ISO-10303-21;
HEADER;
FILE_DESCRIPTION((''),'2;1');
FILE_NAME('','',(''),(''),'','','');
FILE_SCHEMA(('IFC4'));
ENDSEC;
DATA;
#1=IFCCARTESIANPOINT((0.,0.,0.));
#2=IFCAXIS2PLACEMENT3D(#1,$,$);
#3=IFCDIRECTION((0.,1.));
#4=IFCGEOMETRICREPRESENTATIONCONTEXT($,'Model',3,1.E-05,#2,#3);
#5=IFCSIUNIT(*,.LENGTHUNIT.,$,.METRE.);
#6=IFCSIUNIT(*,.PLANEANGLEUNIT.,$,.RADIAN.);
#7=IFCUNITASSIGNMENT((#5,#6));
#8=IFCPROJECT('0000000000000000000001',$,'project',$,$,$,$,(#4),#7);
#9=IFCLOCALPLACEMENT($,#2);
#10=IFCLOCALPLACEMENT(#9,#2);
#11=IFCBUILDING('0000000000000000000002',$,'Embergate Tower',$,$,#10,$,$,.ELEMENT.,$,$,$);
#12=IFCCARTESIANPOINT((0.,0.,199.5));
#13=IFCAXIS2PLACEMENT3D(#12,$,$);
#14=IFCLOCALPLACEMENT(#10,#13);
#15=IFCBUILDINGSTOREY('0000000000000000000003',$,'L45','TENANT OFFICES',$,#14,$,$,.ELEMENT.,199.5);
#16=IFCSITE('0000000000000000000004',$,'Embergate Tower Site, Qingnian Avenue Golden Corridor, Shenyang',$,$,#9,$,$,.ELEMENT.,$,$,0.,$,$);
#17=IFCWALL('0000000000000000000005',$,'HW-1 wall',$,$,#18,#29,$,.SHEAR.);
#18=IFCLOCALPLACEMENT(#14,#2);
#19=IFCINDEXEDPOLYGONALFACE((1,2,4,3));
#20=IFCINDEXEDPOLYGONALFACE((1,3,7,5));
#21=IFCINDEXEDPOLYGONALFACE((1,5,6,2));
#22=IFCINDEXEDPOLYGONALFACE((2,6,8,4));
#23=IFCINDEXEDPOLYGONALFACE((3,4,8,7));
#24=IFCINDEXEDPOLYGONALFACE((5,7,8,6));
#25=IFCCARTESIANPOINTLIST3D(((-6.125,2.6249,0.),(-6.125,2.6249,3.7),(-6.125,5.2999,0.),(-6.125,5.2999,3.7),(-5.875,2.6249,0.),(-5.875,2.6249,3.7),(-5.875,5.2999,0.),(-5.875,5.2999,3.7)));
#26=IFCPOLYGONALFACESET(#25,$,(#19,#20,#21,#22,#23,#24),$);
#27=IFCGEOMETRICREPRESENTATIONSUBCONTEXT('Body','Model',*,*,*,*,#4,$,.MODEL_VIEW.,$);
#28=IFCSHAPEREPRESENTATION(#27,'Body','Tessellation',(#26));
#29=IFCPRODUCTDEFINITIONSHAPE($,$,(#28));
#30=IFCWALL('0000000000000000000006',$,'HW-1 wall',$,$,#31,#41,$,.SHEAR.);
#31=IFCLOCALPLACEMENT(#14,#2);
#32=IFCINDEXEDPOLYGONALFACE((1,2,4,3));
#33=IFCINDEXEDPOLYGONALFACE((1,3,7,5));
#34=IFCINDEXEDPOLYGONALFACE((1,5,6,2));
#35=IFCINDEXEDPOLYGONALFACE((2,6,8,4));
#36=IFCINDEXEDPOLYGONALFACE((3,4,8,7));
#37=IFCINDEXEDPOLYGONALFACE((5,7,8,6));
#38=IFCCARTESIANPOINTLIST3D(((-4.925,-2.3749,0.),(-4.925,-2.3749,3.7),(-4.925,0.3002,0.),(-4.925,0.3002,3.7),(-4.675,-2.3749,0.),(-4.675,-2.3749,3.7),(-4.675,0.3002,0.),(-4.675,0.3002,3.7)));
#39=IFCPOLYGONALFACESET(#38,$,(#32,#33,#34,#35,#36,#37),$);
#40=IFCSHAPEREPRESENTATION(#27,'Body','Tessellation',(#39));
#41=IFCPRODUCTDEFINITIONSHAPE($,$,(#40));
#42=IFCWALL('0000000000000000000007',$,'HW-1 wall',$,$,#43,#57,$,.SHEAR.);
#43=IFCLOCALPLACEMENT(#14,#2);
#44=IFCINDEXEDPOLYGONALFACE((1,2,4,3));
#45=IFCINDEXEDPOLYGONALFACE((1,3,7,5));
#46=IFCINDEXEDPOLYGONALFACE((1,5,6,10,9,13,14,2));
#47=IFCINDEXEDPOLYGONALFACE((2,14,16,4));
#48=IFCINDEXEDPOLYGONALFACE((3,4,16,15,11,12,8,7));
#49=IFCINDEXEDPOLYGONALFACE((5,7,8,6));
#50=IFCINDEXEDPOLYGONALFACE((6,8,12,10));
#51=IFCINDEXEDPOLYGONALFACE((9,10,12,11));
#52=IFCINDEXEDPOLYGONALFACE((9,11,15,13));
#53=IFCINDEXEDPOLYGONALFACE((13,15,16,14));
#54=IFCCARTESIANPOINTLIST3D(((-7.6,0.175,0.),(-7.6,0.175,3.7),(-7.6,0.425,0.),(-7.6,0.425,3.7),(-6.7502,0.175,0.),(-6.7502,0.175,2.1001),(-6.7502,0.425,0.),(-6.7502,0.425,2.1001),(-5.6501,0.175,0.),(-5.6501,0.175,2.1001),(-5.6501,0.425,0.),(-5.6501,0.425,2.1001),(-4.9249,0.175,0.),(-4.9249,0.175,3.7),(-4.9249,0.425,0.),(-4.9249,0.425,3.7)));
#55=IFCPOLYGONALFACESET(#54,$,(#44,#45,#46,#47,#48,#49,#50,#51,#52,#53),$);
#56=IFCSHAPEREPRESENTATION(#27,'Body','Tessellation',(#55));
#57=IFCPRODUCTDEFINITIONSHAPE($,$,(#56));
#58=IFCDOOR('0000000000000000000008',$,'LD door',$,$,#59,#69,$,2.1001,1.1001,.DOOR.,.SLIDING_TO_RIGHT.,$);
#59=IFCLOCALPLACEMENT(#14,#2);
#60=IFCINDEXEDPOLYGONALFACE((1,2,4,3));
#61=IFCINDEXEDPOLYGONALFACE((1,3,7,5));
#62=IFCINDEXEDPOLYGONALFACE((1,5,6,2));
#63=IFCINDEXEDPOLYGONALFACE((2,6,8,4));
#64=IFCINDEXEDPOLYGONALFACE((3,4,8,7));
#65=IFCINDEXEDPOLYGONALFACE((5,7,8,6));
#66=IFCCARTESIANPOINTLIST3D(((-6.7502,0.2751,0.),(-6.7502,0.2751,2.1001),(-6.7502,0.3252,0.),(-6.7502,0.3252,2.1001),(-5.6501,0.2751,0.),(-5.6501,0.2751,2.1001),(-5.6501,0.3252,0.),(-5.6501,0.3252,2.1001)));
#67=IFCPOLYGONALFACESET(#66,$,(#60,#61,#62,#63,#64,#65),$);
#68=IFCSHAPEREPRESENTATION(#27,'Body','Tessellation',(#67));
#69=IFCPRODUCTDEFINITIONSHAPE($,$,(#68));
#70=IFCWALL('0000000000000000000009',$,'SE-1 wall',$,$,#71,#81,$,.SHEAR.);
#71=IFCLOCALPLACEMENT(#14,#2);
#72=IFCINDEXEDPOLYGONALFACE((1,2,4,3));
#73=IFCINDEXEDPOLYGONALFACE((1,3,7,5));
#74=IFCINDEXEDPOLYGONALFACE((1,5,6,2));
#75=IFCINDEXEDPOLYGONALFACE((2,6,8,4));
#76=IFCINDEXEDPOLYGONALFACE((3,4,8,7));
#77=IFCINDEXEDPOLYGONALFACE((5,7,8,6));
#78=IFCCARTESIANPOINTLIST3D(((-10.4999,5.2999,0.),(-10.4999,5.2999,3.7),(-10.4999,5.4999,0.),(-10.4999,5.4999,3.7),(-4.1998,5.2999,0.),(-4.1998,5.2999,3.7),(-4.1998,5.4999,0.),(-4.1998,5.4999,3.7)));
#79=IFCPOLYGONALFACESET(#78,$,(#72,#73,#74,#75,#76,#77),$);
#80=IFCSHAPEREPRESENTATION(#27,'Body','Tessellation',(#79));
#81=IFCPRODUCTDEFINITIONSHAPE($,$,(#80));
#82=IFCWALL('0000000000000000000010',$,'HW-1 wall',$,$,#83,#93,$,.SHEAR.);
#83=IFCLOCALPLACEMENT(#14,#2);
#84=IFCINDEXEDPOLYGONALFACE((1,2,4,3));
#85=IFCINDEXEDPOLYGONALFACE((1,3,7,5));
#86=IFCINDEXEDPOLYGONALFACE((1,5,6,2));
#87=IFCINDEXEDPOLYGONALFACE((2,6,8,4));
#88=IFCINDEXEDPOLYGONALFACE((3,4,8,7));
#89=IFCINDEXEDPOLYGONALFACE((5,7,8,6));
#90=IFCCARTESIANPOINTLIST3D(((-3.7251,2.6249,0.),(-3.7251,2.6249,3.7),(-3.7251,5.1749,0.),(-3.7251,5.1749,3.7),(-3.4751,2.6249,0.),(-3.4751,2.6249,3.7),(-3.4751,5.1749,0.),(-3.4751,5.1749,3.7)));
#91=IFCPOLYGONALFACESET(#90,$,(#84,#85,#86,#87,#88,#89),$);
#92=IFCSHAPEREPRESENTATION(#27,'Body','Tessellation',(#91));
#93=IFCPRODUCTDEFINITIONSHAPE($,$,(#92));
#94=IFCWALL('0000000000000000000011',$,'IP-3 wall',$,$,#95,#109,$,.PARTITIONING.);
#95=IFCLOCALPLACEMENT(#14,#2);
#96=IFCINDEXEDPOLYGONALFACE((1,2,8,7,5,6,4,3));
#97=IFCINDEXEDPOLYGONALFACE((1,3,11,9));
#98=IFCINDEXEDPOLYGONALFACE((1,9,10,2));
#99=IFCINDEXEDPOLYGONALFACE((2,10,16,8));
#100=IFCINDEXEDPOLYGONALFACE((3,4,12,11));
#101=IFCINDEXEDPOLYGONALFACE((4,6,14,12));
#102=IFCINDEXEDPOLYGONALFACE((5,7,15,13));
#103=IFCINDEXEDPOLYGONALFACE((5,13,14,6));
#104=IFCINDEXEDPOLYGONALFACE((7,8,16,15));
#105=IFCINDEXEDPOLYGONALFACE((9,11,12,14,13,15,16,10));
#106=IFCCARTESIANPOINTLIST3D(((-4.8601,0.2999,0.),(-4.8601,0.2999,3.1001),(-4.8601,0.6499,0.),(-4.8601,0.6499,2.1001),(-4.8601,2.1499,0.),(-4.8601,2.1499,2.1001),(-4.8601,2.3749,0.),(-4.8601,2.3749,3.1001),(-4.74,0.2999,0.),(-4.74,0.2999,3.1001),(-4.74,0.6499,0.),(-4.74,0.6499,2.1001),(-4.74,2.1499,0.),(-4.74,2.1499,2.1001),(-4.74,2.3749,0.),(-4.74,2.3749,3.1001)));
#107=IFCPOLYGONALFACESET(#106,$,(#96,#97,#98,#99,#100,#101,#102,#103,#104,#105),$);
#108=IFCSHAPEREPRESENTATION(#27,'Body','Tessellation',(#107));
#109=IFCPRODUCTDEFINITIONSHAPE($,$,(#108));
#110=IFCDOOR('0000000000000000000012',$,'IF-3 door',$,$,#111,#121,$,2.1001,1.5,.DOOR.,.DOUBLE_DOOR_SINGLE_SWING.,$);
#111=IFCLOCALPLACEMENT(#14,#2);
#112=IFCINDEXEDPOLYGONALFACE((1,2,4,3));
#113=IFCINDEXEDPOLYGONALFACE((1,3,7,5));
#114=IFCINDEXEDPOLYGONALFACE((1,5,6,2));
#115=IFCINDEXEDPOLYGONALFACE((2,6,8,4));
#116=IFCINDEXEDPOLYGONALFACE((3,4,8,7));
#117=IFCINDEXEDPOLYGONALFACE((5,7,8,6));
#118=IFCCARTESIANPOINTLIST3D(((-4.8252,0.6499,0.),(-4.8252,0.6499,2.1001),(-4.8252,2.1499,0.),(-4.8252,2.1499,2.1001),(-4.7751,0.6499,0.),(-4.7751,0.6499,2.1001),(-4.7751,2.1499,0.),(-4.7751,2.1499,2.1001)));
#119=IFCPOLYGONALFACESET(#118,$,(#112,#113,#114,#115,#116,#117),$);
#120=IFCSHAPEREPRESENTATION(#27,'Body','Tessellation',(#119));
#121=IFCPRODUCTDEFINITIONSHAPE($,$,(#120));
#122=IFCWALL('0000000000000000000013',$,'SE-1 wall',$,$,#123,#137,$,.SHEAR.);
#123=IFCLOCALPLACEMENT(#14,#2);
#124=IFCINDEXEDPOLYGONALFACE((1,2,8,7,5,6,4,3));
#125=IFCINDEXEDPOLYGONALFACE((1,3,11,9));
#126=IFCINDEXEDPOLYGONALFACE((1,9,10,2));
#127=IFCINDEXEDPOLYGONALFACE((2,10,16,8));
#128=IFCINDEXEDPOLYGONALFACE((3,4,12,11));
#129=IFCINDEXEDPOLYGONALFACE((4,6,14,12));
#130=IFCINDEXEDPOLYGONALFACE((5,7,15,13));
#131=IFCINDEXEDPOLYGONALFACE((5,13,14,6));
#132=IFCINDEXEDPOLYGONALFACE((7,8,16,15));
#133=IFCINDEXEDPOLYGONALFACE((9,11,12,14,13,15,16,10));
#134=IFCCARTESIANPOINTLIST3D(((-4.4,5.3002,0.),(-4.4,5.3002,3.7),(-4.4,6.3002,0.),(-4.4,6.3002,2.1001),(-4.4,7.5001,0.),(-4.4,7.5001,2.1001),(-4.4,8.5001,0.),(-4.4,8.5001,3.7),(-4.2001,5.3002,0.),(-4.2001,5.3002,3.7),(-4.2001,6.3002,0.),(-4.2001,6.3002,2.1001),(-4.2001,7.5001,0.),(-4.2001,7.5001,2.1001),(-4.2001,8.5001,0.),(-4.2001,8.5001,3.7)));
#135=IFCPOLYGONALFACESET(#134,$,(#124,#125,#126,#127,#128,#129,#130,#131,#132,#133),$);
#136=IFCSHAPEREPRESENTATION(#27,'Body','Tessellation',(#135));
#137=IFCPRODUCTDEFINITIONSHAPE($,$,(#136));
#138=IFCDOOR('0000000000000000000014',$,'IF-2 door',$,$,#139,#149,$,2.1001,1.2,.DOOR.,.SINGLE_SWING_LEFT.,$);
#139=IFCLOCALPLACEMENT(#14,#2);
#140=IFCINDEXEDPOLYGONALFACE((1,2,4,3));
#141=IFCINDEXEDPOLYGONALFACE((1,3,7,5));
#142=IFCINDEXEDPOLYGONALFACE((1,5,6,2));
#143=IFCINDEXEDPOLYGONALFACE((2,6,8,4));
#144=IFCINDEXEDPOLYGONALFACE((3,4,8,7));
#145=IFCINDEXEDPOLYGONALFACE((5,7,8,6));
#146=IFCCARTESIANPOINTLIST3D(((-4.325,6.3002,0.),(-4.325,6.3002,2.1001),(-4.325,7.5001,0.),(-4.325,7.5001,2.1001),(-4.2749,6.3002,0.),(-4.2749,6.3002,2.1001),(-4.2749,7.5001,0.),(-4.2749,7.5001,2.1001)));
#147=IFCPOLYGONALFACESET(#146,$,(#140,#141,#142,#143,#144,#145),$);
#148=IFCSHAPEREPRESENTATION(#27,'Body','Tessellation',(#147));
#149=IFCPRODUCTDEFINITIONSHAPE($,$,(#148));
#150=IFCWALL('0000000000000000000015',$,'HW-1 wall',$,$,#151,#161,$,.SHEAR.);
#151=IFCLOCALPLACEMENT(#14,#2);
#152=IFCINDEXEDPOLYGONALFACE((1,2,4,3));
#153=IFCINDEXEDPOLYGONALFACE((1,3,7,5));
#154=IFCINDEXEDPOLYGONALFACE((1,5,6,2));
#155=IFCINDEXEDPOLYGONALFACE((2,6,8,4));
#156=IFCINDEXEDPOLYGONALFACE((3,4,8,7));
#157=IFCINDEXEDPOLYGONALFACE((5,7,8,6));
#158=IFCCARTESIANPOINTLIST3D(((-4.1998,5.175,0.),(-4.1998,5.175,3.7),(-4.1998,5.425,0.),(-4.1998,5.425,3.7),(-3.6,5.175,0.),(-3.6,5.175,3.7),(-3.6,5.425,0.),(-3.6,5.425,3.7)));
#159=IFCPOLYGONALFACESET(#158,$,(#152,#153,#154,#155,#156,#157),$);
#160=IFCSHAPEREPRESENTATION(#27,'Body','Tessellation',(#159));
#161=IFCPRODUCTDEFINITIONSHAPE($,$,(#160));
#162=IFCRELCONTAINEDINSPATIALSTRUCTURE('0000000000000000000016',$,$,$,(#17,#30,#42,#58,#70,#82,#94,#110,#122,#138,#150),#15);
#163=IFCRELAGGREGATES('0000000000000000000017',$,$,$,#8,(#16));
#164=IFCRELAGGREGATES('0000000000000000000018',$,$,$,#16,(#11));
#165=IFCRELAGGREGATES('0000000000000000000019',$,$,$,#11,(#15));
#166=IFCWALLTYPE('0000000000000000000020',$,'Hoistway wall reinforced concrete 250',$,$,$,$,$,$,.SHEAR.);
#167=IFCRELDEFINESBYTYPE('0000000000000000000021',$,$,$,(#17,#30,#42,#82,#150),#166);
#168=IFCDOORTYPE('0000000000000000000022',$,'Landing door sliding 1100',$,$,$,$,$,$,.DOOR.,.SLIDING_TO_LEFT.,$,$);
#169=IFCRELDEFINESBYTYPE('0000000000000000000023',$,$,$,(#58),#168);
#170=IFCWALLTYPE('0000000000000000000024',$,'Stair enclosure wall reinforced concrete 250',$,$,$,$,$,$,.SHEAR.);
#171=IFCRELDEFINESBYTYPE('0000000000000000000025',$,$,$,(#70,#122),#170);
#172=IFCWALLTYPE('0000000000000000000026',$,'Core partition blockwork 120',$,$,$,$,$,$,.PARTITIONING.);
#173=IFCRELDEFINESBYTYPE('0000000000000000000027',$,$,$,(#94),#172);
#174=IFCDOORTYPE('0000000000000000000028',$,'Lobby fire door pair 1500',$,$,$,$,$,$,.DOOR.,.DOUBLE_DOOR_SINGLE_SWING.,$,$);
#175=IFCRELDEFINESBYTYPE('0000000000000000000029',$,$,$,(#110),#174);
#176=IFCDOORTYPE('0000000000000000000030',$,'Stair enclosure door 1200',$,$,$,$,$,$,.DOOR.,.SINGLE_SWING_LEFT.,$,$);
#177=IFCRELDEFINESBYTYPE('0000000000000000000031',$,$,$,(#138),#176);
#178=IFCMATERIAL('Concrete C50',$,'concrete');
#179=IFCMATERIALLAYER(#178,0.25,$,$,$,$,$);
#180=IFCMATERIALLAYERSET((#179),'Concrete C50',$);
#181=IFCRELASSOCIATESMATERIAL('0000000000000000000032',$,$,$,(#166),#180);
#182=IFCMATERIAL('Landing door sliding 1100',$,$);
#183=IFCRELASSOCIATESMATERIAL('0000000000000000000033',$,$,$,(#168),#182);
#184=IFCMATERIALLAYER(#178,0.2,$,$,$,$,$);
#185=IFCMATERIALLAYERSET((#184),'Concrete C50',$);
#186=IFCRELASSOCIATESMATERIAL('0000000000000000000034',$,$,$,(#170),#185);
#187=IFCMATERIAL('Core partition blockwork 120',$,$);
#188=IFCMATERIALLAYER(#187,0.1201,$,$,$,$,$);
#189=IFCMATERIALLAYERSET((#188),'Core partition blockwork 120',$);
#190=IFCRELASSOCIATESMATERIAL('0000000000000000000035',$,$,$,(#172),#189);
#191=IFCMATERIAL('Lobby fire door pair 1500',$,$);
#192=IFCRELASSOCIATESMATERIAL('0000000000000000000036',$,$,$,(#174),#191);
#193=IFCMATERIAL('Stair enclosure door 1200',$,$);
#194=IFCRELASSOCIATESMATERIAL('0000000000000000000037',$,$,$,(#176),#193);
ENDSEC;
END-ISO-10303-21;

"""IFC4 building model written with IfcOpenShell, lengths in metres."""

from ifc_helpers import new_model, si_unit, direction, frame, frame_2d, origin, place, context, subcontext, project, spatial, rectangle, extrude, source, transform, mapped, material, layer, layer_set, type_object, element, fill, save


model = new_model("IFC4")

# Units and contexts
model_context = context("Model", 3, precision=1e-05, world=origin(), true_north=direction((0.0, 1.0)))
body_context = subcontext(model_context, "Body", "Model", "MODEL_VIEW")
ifc_project = project(units=[si_unit("LENGTHUNIT", "METRE"), si_unit("PLANEANGLEUNIT", "RADIAN")], contexts=[model_context])

# Site, building, storey
site_placement = place(None, origin())
site = spatial("IfcSite", under=ifc_project, at=site_placement, Name="Embergate Tower Site, Qingnian Avenue Golden Corridor, Shenyang", CompositionType="ELEMENT", RefElevation=0.0)
building_placement = place(site_placement, origin())
building = spatial("IfcBuilding", under=site, at=building_placement, Name="Embergate Tower", CompositionType="ELEMENT")
storey_placement = place(building_placement, frame((0.0, 0.0, 199.5)))
storey = spatial("IfcBuildingStorey", under=building, at=storey_placement, Name="L45", Description="TENANT OFFICES", CompositionType="ELEMENT", Elevation=199.5)

# Walls
ifc_material_1 = material(Name="Concrete C50", Category="concrete")
ifc_layer_1 = layer(ifc_material_1, 0.25)
ifc_layer_set_1 = layer_set([ifc_layer_1], Name="Concrete C50")
wall_type_1 = type_object("IfcWallType", Name="Hoistway wall reinforced concrete 250", PredefinedType="SHEAR", material=ifc_layer_set_1)
shared_shape_1 = source(origin(), body_context, "Body", "SweptSolid", [
    extrude(rectangle(XDim=2.675, YDim=0.25, at=frame_2d((1.3374, 0.0))), origin(), (0.0, 0.0, 1.0), 3.7),
])
for number, where, z_axis, x_axis, name in (
    (1, (-6.0, 2.625, 0.0), (0.0, 0.0, 1.0), (0.0, 1.0, 0.0), "HW-1 wall"),
    (2, (-4.8, 0.3, 0.0), (0.0, 0.0, 1.0), (0.0, -1.0, 0.0), "HW-1 wall"),
):
    element("IfcWall", number, at=place(storey_placement, frame(where, z_axis=z_axis, x_axis=x_axis)), inside=storey, type_object=wall_type_1, Name=name, PredefinedType="SHEAR", context=body_context, shape_type="MappedRepresentation", body=[
        mapped(shared_shape_1, transform((0.0, 0.0, 0.0))),
    ])

# Wall, opening, door
wall_1_placement = place(storey_placement, frame((-4.925, 0.3, 0.0), z_axis=(0.0, 0.0, 1.0), x_axis=(-1.0, 0.0, 0.0)))
wall_1 = element("IfcWall", 3, at=wall_1_placement, inside=storey, type_object=wall_type_1, Name="HW-1 wall", PredefinedType="SHEAR", context=body_context, shape_type="MappedRepresentation", body=[
    mapped(shared_shape_1, transform((0.0, 0.0, 0.0))),
])
shared_shape_2 = source(origin(), body_context, "Body", "SweptSolid", [
    extrude(rectangle(XDim=1.1001, YDim=2.1001, at=frame_2d((0.55, 1.05))), frame((0.0, 0.135, 0.0), z_axis=(0.0, -1.0, 0.0), x_axis=(1.0, 0.0, 0.0)), (0.0, 0.0, 1.0), 0.27),
])
opening_1_placement = place(wall_1_placement, frame((0.7251, 0.0, 0.0)))
opening_1 = element("IfcOpeningElement", 4, at=opening_1_placement, cuts=wall_1, PredefinedType="OPENING", context=body_context, shape_type="MappedRepresentation", body=[
    mapped(shared_shape_2, transform((0.0, 0.0, 0.0))),
])
ifc_material_2 = material(Name="Landing door sliding 1100")
door_type_1 = type_object("IfcDoorType", Name="Landing door sliding 1100", OperationType="SLIDING_TO_LEFT", PredefinedType="DOOR", material=ifc_material_2)
shared_shape_3 = source(origin(), body_context, "Body", "SweptSolid", [
    extrude(rectangle(XDim=1.1001, YDim=2.1001, at=frame_2d((0.55, 1.05))), frame((0.0, 0.0249, 0.0), z_axis=(0.0, -1.0, 0.0), x_axis=(1.0, 0.0, 0.0)), (0.0, 0.0, 1.0), 0.05),
])
door_1_placement = place(opening_1_placement, origin())
door_1 = element("IfcDoor", 5, at=door_1_placement, inside=storey, type_object=door_type_1, Name="LD door", OperationType="SLIDING_TO_RIGHT", OverallHeight=2.1001, OverallWidth=1.1001, PredefinedType="DOOR", context=body_context, shape_type="MappedRepresentation", body=[
    mapped(shared_shape_3, transform((0.0, 0.0, 0.0))),
])
fill(opening_1, door_1)

# Walls
ifc_layer_2 = layer(ifc_material_1, 0.2)
ifc_layer_set_2 = layer_set([ifc_layer_2], Name="Concrete C50")
wall_type_2 = type_object("IfcWallType", Name="Stair enclosure wall reinforced concrete 250", PredefinedType="SHEAR", material=ifc_layer_set_2)
shared_shape_4 = source(origin(), body_context, "Body", "SweptSolid", [
    extrude(rectangle(XDim=6.3, YDim=0.2, at=frame_2d((3.1499, 0.0))), origin(), (0.0, 0.0, 1.0), 3.7),
])
wall_2_placement = place(storey_placement, frame((-4.2, 5.3999, 0.0), z_axis=(0.0, 0.0, 1.0), x_axis=(-1.0, 0.0, 0.0)))
element("IfcWall", 6, at=wall_2_placement, inside=storey, type_object=wall_type_2, Name="SE-1 wall", PredefinedType="SHEAR", context=body_context, shape_type="MappedRepresentation", body=[
    mapped(shared_shape_4, transform((0.0, 0.0, 0.0))),
])
shared_shape_5 = source(origin(), body_context, "Body", "SweptSolid", [
    extrude(rectangle(XDim=2.55, YDim=0.25, at=frame_2d((1.2749, 0.0))), origin(), (0.0, 0.0, 1.0), 3.7),
])
wall_3_placement = place(storey_placement, frame((-3.6001, 2.625, 0.0), z_axis=(0.0, 0.0, 1.0), x_axis=(0.0, 1.0, 0.0)))
element("IfcWall", 7, at=wall_3_placement, inside=storey, type_object=wall_type_1, Name="HW-1 wall", PredefinedType="SHEAR", context=body_context, shape_type="MappedRepresentation", body=[
    mapped(shared_shape_5, transform((0.0, 0.0, 0.0))),
])

# Walls, openings, doors
ifc_material_3 = material(Name="Core partition blockwork 120")
ifc_layer_3 = layer(ifc_material_3, 0.1201)
ifc_layer_set_3 = layer_set([ifc_layer_3], Name="Core partition blockwork 120")
wall_type_3 = type_object("IfcWallType", Name="Core partition blockwork 120", PredefinedType="PARTITIONING", material=ifc_layer_set_3)
shared_shape_6 = source(origin(), body_context, "Body", "SweptSolid", [
    extrude(rectangle(XDim=2.075, YDim=0.1201, at=frame_2d((1.0376, 0.0))), origin(), (0.0, 0.0, 1.0), 3.1001),
])
wall_4_placement = place(storey_placement, frame((-4.8, 2.375, 0.0), z_axis=(0.0, 0.0, 1.0), x_axis=(0.0, -1.0, 0.0)))
wall_4 = element("IfcWall", 8, at=wall_4_placement, inside=storey, type_object=wall_type_3, Name="IP-3 wall", PredefinedType="PARTITIONING", context=body_context, shape_type="MappedRepresentation", body=[
    mapped(shared_shape_6, transform((0.0, 0.0, 0.0))),
])
shared_shape_7 = source(origin(), body_context, "Body", "SweptSolid", [
    extrude(rectangle(XDim=1.5, YDim=2.1001, at=frame_2d((0.75, 1.05))), frame((0.0, 0.0701, 0.0), z_axis=(0.0, -1.0, 0.0), x_axis=(1.0, 0.0, 0.0)), (0.0, 0.0, 1.0), 0.1401),
])
opening_2_placement = place(wall_4_placement, frame((0.2251, 0.0, 0.0)))
opening_2 = element("IfcOpeningElement", 9, at=opening_2_placement, cuts=wall_4, PredefinedType="OPENING", context=body_context, shape_type="MappedRepresentation", body=[
    mapped(shared_shape_7, transform((0.0, 0.0, 0.0))),
])
ifc_material_4 = material(Name="Lobby fire door pair 1500")
door_type_2 = type_object("IfcDoorType", Name="Lobby fire door pair 1500", OperationType="DOUBLE_DOOR_SINGLE_SWING", PredefinedType="DOOR", material=ifc_material_4)
shared_shape_8 = source(origin(), body_context, "Body", "SweptSolid", [
    extrude(rectangle(XDim=1.5, YDim=2.1001, at=frame_2d((0.75, 1.05))), frame((0.0, 0.0249, 0.0), z_axis=(0.0, -1.0, 0.0), x_axis=(1.0, 0.0, 0.0)), (0.0, 0.0, 1.0), 0.05),
])
door_2_placement = place(opening_2_placement, origin())
door_2 = element("IfcDoor", 10, at=door_2_placement, inside=storey, type_object=door_type_2, Name="IF-3 door", OperationType="DOUBLE_DOOR_SINGLE_SWING", OverallHeight=2.1001, OverallWidth=1.5, PredefinedType="DOOR", context=body_context, shape_type="MappedRepresentation", body=[
    mapped(shared_shape_8, transform((0.0, 0.0, 0.0))),
])
fill(opening_2, door_2)
shared_shape_9 = source(origin(), body_context, "Body", "SweptSolid", [
    extrude(rectangle(XDim=3.2, YDim=0.2, at=frame_2d((1.6001, 0.0))), origin(), (0.0, 0.0, 1.0), 3.7),
])
wall_5_placement = place(storey_placement, frame((-4.3, 5.3, 0.0), z_axis=(0.0, 0.0, 1.0), x_axis=(0.0, 1.0, 0.0)))
wall_5 = element("IfcWall", 11, at=wall_5_placement, inside=storey, type_object=wall_type_2, Name="SE-1 wall", PredefinedType="SHEAR", context=body_context, shape_type="MappedRepresentation", body=[
    mapped(shared_shape_9, transform((0.0, 0.0, 0.0))),
])
shared_shape_10 = source(origin(), body_context, "Body", "SweptSolid", [
    extrude(rectangle(XDim=1.2, YDim=2.1001, at=frame_2d((0.6001, 1.05))), frame((0.0, 0.1099, 0.0), z_axis=(0.0, -1.0, 0.0), x_axis=(1.0, 0.0, 0.0)), (0.0, 0.0, 1.0), 0.22),
])
opening_3_placement = place(wall_5_placement, frame((1.0, 0.0, 0.0)))
opening_3 = element("IfcOpeningElement", 12, at=opening_3_placement, cuts=wall_5, PredefinedType="OPENING", context=body_context, shape_type="MappedRepresentation", body=[
    mapped(shared_shape_10, transform((0.0, 0.0, 0.0))),
])
ifc_material_5 = material(Name="Stair enclosure door 1200")
door_type_3 = type_object("IfcDoorType", Name="Stair enclosure door 1200", OperationType="SINGLE_SWING_LEFT", PredefinedType="DOOR", material=ifc_material_5)
shared_shape_11 = source(origin(), body_context, "Body", "SweptSolid", [
    extrude(rectangle(XDim=1.2, YDim=2.1001, at=frame_2d((0.6001, 1.05))), frame((0.0, 0.0249, 0.0), z_axis=(0.0, -1.0, 0.0), x_axis=(1.0, 0.0, 0.0)), (0.0, 0.0, 1.0), 0.05),
])
door_3_placement = place(opening_3_placement, origin())
door_3 = element("IfcDoor", 13, at=door_3_placement, inside=storey, type_object=door_type_3, Name="IF-2 door", OperationType="SINGLE_SWING_LEFT", OverallHeight=2.1001, OverallWidth=1.2, PredefinedType="DOOR", context=body_context, shape_type="MappedRepresentation", body=[
    mapped(shared_shape_11, transform((0.0, 0.0, 0.0))),
])
fill(opening_3, door_3)

# Wall
shared_shape_12 = source(origin(), body_context, "Body", "SweptSolid", [
    extrude(rectangle(XDim=0.5999, YDim=0.25, at=frame_2d((0.2998, 0.0))), origin(), (0.0, 0.0, 1.0), 3.7),
])
wall_6_placement = place(storey_placement, frame((-3.6001, 5.3, 0.0), z_axis=(0.0, 0.0, 1.0), x_axis=(-1.0, 0.0, 0.0)))
element("IfcWall", 14, at=wall_6_placement, inside=storey, type_object=wall_type_1, Name="HW-1 wall", PredefinedType="SHEAR", context=body_context, shape_type="MappedRepresentation", body=[
    mapped(shared_shape_12, transform((0.0, 0.0, 0.0))),
])

save(model, "model.ifc")
